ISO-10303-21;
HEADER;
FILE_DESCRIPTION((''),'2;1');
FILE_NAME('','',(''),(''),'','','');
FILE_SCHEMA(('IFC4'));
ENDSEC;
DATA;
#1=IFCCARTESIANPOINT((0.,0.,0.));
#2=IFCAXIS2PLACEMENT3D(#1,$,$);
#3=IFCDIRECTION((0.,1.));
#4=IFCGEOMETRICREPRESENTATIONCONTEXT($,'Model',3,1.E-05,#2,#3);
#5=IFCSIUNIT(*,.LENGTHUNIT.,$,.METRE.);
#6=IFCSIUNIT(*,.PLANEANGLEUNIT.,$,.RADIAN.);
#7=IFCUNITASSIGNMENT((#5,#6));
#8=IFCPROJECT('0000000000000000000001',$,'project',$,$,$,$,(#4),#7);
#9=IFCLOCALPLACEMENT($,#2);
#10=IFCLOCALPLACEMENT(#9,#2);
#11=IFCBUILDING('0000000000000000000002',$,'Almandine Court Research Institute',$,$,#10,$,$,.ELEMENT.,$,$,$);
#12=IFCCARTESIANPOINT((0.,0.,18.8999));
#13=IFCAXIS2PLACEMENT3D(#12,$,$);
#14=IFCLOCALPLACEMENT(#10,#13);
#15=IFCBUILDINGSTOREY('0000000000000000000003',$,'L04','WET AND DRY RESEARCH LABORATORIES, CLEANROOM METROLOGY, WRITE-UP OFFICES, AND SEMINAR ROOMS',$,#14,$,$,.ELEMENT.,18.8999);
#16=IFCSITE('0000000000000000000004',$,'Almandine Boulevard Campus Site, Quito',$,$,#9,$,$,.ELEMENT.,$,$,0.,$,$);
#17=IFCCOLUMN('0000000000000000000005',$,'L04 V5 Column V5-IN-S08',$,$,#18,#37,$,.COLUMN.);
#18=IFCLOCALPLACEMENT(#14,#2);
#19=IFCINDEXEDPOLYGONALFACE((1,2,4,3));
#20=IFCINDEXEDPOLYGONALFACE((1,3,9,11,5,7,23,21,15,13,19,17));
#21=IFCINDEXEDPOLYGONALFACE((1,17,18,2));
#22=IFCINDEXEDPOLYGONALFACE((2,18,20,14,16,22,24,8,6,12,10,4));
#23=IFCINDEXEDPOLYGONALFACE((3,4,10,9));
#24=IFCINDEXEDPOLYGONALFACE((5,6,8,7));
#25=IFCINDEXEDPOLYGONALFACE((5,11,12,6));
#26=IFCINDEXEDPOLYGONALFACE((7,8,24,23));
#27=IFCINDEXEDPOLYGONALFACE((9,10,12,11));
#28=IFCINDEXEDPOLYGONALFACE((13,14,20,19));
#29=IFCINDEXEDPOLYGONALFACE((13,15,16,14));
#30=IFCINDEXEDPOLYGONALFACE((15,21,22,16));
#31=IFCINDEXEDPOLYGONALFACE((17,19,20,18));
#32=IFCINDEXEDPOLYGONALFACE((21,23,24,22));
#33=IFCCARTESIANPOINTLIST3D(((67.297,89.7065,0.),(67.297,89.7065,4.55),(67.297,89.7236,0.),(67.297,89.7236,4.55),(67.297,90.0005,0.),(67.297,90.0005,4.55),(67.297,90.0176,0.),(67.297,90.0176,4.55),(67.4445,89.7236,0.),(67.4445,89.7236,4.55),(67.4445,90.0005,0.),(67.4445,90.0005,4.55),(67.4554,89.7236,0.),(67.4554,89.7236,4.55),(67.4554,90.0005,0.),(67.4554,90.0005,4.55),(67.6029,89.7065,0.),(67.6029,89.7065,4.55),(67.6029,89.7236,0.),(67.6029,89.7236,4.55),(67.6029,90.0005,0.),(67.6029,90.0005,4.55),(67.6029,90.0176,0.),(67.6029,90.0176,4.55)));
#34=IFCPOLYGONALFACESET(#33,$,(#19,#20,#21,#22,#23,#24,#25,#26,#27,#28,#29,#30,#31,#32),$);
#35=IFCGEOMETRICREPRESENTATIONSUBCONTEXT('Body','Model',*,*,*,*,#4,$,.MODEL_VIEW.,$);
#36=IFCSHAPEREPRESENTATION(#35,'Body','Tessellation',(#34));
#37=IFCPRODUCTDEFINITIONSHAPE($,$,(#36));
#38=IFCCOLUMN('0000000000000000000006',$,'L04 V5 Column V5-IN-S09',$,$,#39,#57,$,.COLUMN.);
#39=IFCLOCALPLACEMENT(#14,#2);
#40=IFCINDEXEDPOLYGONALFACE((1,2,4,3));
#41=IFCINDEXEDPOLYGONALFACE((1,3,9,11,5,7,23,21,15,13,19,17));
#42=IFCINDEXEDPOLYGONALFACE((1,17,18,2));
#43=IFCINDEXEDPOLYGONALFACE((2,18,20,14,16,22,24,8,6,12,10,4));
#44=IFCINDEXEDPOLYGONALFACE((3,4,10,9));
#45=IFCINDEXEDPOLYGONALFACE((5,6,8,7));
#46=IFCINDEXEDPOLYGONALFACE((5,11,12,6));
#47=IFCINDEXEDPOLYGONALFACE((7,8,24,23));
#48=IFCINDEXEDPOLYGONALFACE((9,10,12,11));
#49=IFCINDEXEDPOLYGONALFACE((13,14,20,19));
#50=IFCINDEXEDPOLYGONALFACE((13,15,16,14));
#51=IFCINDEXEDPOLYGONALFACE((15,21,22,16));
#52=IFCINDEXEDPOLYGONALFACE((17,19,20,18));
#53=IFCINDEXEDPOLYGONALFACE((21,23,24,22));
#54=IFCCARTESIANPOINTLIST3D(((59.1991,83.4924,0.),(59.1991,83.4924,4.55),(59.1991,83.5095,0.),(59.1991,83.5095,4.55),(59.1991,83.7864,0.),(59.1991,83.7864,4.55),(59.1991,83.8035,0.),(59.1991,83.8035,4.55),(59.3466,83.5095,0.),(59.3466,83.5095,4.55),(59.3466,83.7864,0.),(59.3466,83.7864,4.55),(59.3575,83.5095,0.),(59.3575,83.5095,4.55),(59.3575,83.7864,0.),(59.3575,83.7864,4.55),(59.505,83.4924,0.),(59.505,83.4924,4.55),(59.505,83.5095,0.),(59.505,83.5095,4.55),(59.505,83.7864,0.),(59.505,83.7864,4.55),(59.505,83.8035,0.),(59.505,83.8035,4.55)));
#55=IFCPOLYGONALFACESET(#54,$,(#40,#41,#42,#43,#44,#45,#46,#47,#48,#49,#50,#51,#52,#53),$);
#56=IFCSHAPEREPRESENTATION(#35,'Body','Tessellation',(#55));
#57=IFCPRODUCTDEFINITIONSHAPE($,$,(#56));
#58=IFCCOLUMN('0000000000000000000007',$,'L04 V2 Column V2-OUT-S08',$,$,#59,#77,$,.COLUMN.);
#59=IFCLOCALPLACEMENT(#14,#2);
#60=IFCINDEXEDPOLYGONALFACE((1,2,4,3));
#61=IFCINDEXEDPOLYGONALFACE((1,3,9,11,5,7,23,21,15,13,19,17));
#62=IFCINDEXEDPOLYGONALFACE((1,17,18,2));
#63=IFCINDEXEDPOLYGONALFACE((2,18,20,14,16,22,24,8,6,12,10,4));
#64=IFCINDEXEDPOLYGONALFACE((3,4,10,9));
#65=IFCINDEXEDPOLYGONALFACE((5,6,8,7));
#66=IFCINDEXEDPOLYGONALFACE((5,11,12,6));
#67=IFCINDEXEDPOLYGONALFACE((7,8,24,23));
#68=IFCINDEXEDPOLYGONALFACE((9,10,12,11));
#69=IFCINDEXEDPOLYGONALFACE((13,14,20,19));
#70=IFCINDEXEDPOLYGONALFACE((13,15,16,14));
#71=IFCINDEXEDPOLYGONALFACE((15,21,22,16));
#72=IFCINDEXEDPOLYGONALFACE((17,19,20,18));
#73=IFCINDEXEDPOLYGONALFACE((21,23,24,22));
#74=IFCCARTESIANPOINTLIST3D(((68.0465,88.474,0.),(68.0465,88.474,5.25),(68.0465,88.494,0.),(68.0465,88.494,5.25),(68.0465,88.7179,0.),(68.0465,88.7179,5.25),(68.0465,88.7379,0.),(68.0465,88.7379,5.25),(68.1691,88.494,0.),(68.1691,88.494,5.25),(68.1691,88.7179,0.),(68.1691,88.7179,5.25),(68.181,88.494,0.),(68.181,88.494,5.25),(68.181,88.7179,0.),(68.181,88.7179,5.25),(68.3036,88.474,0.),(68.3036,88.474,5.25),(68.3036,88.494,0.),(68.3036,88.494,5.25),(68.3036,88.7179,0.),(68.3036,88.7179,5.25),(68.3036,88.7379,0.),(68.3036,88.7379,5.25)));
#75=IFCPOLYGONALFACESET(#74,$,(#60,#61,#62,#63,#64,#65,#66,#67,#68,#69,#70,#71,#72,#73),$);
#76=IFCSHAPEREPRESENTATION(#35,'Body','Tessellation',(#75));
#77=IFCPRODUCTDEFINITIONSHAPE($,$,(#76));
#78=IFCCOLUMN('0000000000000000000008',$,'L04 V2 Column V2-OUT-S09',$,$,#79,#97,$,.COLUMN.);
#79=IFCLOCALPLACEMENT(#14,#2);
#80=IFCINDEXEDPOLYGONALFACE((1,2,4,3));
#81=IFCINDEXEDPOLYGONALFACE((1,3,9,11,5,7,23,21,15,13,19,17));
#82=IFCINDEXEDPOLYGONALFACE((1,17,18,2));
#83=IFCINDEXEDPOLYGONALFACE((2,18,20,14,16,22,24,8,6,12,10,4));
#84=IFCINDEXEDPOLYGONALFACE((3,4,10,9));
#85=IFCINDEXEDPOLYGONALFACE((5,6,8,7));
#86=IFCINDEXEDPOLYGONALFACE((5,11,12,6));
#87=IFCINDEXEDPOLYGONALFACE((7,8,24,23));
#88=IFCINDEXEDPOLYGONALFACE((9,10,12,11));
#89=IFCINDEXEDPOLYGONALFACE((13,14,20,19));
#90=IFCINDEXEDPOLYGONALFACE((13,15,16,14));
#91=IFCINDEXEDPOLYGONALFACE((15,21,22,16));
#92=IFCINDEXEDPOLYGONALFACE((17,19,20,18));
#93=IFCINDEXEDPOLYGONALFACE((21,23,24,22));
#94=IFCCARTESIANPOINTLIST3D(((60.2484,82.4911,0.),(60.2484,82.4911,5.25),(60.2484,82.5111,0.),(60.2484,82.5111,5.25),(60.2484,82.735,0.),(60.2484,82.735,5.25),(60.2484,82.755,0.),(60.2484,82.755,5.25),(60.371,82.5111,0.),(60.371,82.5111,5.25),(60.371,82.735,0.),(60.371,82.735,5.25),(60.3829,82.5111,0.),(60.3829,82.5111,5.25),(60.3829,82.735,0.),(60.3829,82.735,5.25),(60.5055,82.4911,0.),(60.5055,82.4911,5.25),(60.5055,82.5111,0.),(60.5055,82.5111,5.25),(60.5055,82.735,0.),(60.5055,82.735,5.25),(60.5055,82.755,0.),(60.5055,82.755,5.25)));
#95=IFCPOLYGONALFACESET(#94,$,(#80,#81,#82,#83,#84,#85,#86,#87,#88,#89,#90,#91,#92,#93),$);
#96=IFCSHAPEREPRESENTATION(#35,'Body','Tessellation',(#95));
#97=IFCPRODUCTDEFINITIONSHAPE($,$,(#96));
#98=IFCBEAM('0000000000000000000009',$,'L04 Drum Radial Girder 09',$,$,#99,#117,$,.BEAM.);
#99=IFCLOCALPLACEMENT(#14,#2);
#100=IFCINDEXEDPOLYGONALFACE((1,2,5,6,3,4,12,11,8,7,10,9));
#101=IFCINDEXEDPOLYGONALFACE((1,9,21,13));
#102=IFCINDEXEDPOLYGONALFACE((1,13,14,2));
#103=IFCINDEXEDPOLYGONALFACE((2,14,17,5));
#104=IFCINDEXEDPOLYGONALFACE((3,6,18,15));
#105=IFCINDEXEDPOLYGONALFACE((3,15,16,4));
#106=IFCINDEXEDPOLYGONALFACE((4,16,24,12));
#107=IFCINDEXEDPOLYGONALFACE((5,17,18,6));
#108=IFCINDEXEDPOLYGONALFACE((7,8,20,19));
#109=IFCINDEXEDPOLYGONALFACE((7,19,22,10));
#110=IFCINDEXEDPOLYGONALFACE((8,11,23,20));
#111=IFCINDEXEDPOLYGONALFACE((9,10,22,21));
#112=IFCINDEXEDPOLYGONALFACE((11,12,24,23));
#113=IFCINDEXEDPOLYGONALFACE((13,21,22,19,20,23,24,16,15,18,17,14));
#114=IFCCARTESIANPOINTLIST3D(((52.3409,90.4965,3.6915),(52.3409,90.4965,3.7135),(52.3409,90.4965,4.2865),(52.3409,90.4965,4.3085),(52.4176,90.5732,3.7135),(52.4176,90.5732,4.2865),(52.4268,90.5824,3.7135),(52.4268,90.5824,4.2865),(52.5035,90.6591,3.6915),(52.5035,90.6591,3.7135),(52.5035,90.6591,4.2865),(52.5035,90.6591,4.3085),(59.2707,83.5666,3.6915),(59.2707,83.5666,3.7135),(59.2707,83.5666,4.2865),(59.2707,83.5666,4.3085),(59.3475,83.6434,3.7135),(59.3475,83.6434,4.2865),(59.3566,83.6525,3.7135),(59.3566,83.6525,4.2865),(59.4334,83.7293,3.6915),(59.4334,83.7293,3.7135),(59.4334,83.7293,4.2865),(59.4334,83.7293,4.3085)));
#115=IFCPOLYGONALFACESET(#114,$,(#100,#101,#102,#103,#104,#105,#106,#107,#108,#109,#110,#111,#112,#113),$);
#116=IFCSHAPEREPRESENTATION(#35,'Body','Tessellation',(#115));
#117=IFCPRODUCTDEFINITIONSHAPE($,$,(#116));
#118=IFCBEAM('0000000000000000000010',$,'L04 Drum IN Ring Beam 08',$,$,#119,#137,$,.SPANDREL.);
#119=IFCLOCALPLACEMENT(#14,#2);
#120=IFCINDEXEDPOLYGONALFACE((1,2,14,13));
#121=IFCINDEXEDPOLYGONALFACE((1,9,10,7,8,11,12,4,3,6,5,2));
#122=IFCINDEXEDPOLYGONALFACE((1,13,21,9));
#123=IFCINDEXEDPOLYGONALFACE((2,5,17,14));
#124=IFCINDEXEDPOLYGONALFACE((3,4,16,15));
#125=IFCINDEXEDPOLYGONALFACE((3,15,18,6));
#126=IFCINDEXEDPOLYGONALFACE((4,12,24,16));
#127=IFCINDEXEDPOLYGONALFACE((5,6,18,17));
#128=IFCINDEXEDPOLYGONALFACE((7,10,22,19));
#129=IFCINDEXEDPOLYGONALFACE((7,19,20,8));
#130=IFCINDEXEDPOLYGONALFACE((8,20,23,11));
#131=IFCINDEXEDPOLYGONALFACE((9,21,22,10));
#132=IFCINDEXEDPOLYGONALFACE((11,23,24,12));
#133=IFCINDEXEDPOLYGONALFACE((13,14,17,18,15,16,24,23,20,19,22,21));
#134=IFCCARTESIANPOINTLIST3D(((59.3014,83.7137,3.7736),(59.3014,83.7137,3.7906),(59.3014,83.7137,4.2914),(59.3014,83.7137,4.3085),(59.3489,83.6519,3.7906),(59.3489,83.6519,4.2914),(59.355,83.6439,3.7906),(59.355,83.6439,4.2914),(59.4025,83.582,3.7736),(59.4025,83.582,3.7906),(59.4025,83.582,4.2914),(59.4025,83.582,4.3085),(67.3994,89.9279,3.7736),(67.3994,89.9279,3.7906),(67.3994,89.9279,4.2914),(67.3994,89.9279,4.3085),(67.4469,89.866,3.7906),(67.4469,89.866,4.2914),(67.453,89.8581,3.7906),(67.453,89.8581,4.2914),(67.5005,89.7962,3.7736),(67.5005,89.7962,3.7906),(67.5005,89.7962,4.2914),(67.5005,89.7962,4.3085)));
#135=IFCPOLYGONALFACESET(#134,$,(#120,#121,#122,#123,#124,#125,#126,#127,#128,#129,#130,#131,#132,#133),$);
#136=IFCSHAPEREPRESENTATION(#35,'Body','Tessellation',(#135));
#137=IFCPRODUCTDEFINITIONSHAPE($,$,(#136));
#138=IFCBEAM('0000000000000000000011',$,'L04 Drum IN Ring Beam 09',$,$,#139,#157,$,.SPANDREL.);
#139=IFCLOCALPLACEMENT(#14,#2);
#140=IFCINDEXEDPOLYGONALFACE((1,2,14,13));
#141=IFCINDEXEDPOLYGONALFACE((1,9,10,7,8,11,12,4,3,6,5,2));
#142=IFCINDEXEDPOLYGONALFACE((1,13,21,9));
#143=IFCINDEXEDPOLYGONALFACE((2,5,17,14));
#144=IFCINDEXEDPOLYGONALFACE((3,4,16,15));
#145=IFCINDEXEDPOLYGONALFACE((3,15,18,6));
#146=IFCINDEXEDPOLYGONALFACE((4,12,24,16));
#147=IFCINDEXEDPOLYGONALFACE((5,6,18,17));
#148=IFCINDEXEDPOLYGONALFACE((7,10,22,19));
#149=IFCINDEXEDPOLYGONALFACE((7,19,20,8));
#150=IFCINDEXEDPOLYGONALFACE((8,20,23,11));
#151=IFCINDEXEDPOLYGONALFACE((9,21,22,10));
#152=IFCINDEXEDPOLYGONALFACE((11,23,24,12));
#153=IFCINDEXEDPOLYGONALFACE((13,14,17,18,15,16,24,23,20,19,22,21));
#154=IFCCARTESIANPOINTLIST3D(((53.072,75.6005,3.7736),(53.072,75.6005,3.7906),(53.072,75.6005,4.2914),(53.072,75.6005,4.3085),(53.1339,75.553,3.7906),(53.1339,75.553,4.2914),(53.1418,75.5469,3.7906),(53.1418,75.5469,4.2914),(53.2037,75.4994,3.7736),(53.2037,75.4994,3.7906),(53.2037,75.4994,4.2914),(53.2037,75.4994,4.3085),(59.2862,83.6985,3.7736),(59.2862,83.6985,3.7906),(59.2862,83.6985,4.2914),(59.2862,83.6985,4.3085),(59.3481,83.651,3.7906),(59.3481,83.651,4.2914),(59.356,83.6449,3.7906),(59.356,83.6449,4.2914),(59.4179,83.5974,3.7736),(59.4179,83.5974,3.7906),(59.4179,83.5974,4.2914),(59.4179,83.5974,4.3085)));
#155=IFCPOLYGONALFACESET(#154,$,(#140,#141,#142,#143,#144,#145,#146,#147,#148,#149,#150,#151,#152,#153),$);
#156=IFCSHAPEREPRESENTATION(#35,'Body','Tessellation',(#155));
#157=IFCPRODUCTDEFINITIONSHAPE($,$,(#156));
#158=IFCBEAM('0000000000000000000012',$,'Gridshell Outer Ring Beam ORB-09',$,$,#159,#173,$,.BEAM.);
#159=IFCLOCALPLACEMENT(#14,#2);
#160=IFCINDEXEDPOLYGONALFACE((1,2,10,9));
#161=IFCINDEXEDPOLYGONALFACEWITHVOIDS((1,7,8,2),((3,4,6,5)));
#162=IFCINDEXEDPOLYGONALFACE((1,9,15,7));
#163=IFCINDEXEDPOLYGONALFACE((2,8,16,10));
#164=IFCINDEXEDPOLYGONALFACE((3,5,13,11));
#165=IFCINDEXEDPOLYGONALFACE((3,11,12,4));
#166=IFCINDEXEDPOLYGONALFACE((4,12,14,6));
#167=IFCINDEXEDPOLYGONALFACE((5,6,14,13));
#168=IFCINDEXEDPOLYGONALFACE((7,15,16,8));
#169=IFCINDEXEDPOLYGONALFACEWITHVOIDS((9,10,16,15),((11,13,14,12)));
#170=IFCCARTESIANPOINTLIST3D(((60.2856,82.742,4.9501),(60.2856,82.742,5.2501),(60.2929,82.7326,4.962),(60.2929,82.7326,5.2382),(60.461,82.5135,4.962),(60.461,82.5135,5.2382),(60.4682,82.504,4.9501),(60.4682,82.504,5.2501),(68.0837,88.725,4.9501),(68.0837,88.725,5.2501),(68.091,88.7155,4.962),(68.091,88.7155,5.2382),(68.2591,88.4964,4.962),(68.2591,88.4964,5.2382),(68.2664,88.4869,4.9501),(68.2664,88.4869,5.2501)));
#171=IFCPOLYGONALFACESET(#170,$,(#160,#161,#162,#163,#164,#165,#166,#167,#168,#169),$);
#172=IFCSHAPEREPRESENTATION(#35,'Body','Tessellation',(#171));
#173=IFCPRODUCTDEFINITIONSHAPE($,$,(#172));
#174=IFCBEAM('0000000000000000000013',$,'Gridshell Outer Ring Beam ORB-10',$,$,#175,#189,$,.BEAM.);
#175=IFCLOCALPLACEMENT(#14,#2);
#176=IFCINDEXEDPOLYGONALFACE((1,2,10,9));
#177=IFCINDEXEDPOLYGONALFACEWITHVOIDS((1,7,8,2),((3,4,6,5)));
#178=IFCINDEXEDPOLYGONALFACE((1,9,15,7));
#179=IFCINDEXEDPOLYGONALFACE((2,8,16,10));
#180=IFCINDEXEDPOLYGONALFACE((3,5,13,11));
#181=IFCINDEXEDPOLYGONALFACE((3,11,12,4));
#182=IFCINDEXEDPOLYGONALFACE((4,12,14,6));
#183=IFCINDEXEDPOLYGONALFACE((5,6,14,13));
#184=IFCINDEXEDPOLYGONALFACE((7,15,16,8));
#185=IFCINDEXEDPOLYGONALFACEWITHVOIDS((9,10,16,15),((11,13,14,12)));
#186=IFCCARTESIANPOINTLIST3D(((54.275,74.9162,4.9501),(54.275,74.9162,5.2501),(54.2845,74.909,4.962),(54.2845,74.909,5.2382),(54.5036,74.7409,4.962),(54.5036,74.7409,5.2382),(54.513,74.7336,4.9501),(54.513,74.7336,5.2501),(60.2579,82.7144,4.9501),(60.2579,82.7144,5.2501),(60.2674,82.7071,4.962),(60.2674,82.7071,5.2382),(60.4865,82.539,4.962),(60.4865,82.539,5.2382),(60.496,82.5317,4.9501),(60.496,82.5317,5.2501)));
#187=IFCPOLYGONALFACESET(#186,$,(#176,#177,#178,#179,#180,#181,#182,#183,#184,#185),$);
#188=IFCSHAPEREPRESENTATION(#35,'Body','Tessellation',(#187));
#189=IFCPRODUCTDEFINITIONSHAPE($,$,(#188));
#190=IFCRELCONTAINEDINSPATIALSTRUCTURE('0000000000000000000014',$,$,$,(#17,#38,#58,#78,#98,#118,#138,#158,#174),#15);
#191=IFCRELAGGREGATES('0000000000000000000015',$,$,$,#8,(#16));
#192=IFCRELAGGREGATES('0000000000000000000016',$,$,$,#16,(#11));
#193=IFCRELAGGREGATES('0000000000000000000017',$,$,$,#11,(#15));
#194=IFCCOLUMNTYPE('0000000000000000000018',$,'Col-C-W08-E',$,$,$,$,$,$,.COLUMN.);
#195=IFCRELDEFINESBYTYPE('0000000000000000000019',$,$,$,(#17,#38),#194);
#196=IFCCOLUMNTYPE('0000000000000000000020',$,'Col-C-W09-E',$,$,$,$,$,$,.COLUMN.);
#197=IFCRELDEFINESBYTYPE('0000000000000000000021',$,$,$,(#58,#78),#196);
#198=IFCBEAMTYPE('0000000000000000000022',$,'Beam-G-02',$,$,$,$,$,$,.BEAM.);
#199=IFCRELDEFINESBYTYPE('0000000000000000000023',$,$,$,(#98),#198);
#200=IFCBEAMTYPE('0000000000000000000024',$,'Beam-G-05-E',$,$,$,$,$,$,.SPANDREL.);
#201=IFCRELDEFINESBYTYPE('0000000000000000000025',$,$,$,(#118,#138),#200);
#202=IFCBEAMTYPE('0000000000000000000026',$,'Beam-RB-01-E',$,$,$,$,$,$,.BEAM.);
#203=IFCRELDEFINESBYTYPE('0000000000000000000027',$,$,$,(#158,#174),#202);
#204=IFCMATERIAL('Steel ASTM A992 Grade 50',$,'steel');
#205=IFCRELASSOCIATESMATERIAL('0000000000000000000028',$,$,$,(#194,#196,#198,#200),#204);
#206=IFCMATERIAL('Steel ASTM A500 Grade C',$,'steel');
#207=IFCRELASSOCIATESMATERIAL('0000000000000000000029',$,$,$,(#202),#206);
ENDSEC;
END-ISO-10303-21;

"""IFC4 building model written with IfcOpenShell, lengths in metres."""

from ifc_helpers import new_model, si_unit, direction, frame, origin, origin_2d, place, context, subcontext, project, spatial, hollow_rectangle, i_section, extrude, material, material_profile, profile_set, type_object, element, save


model = new_model("IFC4")

# Units and contexts
model_context = context("Model", 3, precision=1e-05, world=origin(), true_north=direction((0.0, 1.0)))
body_context = subcontext(model_context, "Body", "Model", "MODEL_VIEW")
ifc_project = project(units=[si_unit("LENGTHUNIT", "METRE"), si_unit("PLANEANGLEUNIT", "RADIAN")], contexts=[model_context])

# Site, building, storey
site_placement = place(None, origin())
site = spatial("IfcSite", under=ifc_project, at=site_placement, Name="Almandine Boulevard Campus Site, Quito", CompositionType="ELEMENT", RefElevation=0.0)
building_placement = place(site_placement, origin())
building = spatial("IfcBuilding", under=site, at=building_placement, Name="Almandine Court Research Institute", CompositionType="ELEMENT")
storey_placement = place(building_placement, frame((0.0, 0.0, 18.8999)))
storey = spatial("IfcBuildingStorey", under=building, at=storey_placement, Name="L04", Description="WET AND DRY RESEARCH LABORATORIES, CLEANROOM METROLOGY, WRITE-UP OFFICES, AND SEMINAR ROOMS", CompositionType="ELEMENT", Elevation=18.8999)

# Columns
ifc_material_1 = material(Name="Steel ASTM A992 Grade 50", Category="steel")
ifc_material_profile_1 = material_profile(ifc_material_1, i_section(OverallWidth=0.3059, OverallDepth=0.311, WebThickness=0.011, FlangeThickness=0.0171, at=origin_2d()), Name="W310x107")
ifc_profile_set_1 = profile_set([ifc_material_profile_1], Name="Steel ASTM A992 Grade 50")
column_type_1 = type_object("IfcColumnType", Name="Col-C-W08-E", PredefinedType="COLUMN", material=ifc_profile_set_1)
for number, where, z_axis, x_axis, name in (
    (1, (67.45, 89.8621, 0.0), (0.0, 0.0, 1.0), (1.0, 0.0, 0.0), "L04 V5 Column V5-IN-S08"),
    (2, (59.3521, 83.6479, 0.0), (0.0, 0.0, 1.0), (1.0, 0.0, 0.0), "L04 V5 Column V5-IN-S09"),
):
    element("IfcColumn", number, at=place(storey_placement, frame(where, z_axis=z_axis, x_axis=x_axis)), inside=storey, type_object=column_type_1, Name=name, PredefinedType="COLUMN", context=body_context, shape_type="SweptSolid", body=[
        extrude(i_section(OverallWidth=0.3059, OverallDepth=0.311, WebThickness=0.011, FlangeThickness=0.0171, at=origin_2d()), origin(), (0.0, 0.0, 1.0), 4.55),
    ])
ifc_material_profile_2 = material_profile(ifc_material_1, i_section(OverallWidth=0.2571, OverallDepth=0.2639, WebThickness=0.012, FlangeThickness=0.02, at=origin_2d()), Name="W250x101")
ifc_profile_set_2 = profile_set([ifc_material_profile_2], Name="Steel ASTM A992 Grade 50")
column_type_2 = type_object("IfcColumnType", Name="Col-C-W09-E", PredefinedType="COLUMN", material=ifc_profile_set_2)
for number, where, z_axis, x_axis, name in (
    (3, (68.175, 88.606, 0.0), (0.0, 0.0, 1.0), (1.0, 0.0, 0.0), "L04 V2 Column V2-OUT-S08"),
    (4, (60.377, 82.623, 0.0), (0.0, 0.0, 1.0), (1.0, 0.0, 0.0), "L04 V2 Column V2-OUT-S09"),
):
    element("IfcColumn", number, at=place(storey_placement, frame(where, z_axis=z_axis, x_axis=x_axis)), inside=storey, type_object=column_type_2, Name=name, PredefinedType="COLUMN", context=body_context, shape_type="SweptSolid", body=[
        extrude(i_section(OverallWidth=0.2571, OverallDepth=0.2639, WebThickness=0.012, FlangeThickness=0.02, at=origin_2d()), origin(), (0.0, 0.0, 1.0), 5.25),
    ])

# Beams
ifc_material_profile_3 = material_profile(ifc_material_1, i_section(OverallWidth=0.23, OverallDepth=0.6169, WebThickness=0.0129, FlangeThickness=0.022, at=origin_2d()), Name="W610x140")
ifc_profile_set_3 = profile_set([ifc_material_profile_3], Name="Steel ASTM A992 Grade 50")
beam_type_1 = type_object("IfcBeamType", Name="Beam-G-02", PredefinedType="BEAM", material=ifc_profile_set_3)
beam_placement = place(storey_placement, frame((59.3521, 83.6479, 4.0), z_axis=(-0.707107, 0.707107, 0.0), x_axis=(-0.707107, -0.707107, 0.0)))
element("IfcBeam", 5, at=beam_placement, inside=storey, type_object=beam_type_1, Name="L04 Drum Radial Girder 09", PredefinedType="BEAM", context=body_context, shape_type="SweptSolid", body=[
    extrude(i_section(OverallWidth=0.23, OverallDepth=0.6169, WebThickness=0.0129, FlangeThickness=0.022, at=origin_2d()), origin(), (0.0, 0.0, 1.0), 9.8003),
])
ifc_material_profile_4 = material_profile(ifc_material_1, i_section(OverallWidth=0.166, OverallDepth=0.5349, WebThickness=0.01, FlangeThickness=0.0171, at=origin_2d()), Name="W530x85")
ifc_profile_set_4 = profile_set([ifc_material_profile_4], Name="Steel ASTM A992 Grade 50")
beam_type_2 = type_object("IfcBeamType", Name="Beam-G-05-E", PredefinedType="SPANDREL", material=ifc_profile_set_4)
for number, where, z_axis, x_axis, name in (
    (6, (67.45, 89.8621, 4.041), (-0.793336, -0.608784, 0.0), (0.608784, -0.793336, 0.0), "L04 Drum IN Ring Beam 08"),
    (7, (59.3521, 83.6479, 4.041), (-0.608784, -0.793336, 0.0), (0.793336, -0.608784, 0.0), "L04 Drum IN Ring Beam 09"),
):
    element("IfcBeam", number, at=place(storey_placement, frame(where, z_axis=z_axis, x_axis=x_axis)), inside=storey, type_object=beam_type_2, Name=name, PredefinedType="SPANDREL", context=body_context, shape_type="SweptSolid", body=[
        extrude(i_section(OverallWidth=0.166, OverallDepth=0.5349, WebThickness=0.01, FlangeThickness=0.0171, at=origin_2d()), origin(), (0.0, 0.0, 1.0), 10.2075),
    ])
ifc_material_2 = material(Name="Steel ASTM A500 Grade C", Category="steel")
ifc_material_profile_5 = material_profile(ifc_material_2, hollow_rectangle(XDim=0.3, YDim=0.3, WallThickness=0.012, at=origin_2d()), Name="HSS 300x300x12")
ifc_profile_set_5 = profile_set([ifc_material_profile_5], Name="Steel ASTM A500 Grade C")
beam_type_3 = type_object("IfcBeamType", Name="Beam-RB-01-E", PredefinedType="BEAM", material=ifc_profile_set_5)
for number, where, z_axis, x_axis, name in (
    (8, (68.175, 88.606, 5.1001), (-0.793392, -0.608712, 0.0), (0.608712, -0.793392, 0.0), "Gridshell Outer Ring Beam ORB-09"),
    (9, (60.377, 82.623, 5.1001), (-0.608712, -0.793392, 0.0), (0.793392, -0.608712, 0.0), "Gridshell Outer Ring Beam ORB-10"),
):
    element("IfcBeam", number, at=place(storey_placement, frame(where, z_axis=z_axis, x_axis=x_axis)), inside=storey, type_object=beam_type_3, Name=name, PredefinedType="BEAM", context=body_context, shape_type="SweptSolid", body=[
        extrude(hollow_rectangle(XDim=0.3, YDim=0.3, WallThickness=0.012, at=origin_2d()), origin(), (0.0, 0.0, 1.0), 9.8289),
    ])

save(model, "model.ifc")
